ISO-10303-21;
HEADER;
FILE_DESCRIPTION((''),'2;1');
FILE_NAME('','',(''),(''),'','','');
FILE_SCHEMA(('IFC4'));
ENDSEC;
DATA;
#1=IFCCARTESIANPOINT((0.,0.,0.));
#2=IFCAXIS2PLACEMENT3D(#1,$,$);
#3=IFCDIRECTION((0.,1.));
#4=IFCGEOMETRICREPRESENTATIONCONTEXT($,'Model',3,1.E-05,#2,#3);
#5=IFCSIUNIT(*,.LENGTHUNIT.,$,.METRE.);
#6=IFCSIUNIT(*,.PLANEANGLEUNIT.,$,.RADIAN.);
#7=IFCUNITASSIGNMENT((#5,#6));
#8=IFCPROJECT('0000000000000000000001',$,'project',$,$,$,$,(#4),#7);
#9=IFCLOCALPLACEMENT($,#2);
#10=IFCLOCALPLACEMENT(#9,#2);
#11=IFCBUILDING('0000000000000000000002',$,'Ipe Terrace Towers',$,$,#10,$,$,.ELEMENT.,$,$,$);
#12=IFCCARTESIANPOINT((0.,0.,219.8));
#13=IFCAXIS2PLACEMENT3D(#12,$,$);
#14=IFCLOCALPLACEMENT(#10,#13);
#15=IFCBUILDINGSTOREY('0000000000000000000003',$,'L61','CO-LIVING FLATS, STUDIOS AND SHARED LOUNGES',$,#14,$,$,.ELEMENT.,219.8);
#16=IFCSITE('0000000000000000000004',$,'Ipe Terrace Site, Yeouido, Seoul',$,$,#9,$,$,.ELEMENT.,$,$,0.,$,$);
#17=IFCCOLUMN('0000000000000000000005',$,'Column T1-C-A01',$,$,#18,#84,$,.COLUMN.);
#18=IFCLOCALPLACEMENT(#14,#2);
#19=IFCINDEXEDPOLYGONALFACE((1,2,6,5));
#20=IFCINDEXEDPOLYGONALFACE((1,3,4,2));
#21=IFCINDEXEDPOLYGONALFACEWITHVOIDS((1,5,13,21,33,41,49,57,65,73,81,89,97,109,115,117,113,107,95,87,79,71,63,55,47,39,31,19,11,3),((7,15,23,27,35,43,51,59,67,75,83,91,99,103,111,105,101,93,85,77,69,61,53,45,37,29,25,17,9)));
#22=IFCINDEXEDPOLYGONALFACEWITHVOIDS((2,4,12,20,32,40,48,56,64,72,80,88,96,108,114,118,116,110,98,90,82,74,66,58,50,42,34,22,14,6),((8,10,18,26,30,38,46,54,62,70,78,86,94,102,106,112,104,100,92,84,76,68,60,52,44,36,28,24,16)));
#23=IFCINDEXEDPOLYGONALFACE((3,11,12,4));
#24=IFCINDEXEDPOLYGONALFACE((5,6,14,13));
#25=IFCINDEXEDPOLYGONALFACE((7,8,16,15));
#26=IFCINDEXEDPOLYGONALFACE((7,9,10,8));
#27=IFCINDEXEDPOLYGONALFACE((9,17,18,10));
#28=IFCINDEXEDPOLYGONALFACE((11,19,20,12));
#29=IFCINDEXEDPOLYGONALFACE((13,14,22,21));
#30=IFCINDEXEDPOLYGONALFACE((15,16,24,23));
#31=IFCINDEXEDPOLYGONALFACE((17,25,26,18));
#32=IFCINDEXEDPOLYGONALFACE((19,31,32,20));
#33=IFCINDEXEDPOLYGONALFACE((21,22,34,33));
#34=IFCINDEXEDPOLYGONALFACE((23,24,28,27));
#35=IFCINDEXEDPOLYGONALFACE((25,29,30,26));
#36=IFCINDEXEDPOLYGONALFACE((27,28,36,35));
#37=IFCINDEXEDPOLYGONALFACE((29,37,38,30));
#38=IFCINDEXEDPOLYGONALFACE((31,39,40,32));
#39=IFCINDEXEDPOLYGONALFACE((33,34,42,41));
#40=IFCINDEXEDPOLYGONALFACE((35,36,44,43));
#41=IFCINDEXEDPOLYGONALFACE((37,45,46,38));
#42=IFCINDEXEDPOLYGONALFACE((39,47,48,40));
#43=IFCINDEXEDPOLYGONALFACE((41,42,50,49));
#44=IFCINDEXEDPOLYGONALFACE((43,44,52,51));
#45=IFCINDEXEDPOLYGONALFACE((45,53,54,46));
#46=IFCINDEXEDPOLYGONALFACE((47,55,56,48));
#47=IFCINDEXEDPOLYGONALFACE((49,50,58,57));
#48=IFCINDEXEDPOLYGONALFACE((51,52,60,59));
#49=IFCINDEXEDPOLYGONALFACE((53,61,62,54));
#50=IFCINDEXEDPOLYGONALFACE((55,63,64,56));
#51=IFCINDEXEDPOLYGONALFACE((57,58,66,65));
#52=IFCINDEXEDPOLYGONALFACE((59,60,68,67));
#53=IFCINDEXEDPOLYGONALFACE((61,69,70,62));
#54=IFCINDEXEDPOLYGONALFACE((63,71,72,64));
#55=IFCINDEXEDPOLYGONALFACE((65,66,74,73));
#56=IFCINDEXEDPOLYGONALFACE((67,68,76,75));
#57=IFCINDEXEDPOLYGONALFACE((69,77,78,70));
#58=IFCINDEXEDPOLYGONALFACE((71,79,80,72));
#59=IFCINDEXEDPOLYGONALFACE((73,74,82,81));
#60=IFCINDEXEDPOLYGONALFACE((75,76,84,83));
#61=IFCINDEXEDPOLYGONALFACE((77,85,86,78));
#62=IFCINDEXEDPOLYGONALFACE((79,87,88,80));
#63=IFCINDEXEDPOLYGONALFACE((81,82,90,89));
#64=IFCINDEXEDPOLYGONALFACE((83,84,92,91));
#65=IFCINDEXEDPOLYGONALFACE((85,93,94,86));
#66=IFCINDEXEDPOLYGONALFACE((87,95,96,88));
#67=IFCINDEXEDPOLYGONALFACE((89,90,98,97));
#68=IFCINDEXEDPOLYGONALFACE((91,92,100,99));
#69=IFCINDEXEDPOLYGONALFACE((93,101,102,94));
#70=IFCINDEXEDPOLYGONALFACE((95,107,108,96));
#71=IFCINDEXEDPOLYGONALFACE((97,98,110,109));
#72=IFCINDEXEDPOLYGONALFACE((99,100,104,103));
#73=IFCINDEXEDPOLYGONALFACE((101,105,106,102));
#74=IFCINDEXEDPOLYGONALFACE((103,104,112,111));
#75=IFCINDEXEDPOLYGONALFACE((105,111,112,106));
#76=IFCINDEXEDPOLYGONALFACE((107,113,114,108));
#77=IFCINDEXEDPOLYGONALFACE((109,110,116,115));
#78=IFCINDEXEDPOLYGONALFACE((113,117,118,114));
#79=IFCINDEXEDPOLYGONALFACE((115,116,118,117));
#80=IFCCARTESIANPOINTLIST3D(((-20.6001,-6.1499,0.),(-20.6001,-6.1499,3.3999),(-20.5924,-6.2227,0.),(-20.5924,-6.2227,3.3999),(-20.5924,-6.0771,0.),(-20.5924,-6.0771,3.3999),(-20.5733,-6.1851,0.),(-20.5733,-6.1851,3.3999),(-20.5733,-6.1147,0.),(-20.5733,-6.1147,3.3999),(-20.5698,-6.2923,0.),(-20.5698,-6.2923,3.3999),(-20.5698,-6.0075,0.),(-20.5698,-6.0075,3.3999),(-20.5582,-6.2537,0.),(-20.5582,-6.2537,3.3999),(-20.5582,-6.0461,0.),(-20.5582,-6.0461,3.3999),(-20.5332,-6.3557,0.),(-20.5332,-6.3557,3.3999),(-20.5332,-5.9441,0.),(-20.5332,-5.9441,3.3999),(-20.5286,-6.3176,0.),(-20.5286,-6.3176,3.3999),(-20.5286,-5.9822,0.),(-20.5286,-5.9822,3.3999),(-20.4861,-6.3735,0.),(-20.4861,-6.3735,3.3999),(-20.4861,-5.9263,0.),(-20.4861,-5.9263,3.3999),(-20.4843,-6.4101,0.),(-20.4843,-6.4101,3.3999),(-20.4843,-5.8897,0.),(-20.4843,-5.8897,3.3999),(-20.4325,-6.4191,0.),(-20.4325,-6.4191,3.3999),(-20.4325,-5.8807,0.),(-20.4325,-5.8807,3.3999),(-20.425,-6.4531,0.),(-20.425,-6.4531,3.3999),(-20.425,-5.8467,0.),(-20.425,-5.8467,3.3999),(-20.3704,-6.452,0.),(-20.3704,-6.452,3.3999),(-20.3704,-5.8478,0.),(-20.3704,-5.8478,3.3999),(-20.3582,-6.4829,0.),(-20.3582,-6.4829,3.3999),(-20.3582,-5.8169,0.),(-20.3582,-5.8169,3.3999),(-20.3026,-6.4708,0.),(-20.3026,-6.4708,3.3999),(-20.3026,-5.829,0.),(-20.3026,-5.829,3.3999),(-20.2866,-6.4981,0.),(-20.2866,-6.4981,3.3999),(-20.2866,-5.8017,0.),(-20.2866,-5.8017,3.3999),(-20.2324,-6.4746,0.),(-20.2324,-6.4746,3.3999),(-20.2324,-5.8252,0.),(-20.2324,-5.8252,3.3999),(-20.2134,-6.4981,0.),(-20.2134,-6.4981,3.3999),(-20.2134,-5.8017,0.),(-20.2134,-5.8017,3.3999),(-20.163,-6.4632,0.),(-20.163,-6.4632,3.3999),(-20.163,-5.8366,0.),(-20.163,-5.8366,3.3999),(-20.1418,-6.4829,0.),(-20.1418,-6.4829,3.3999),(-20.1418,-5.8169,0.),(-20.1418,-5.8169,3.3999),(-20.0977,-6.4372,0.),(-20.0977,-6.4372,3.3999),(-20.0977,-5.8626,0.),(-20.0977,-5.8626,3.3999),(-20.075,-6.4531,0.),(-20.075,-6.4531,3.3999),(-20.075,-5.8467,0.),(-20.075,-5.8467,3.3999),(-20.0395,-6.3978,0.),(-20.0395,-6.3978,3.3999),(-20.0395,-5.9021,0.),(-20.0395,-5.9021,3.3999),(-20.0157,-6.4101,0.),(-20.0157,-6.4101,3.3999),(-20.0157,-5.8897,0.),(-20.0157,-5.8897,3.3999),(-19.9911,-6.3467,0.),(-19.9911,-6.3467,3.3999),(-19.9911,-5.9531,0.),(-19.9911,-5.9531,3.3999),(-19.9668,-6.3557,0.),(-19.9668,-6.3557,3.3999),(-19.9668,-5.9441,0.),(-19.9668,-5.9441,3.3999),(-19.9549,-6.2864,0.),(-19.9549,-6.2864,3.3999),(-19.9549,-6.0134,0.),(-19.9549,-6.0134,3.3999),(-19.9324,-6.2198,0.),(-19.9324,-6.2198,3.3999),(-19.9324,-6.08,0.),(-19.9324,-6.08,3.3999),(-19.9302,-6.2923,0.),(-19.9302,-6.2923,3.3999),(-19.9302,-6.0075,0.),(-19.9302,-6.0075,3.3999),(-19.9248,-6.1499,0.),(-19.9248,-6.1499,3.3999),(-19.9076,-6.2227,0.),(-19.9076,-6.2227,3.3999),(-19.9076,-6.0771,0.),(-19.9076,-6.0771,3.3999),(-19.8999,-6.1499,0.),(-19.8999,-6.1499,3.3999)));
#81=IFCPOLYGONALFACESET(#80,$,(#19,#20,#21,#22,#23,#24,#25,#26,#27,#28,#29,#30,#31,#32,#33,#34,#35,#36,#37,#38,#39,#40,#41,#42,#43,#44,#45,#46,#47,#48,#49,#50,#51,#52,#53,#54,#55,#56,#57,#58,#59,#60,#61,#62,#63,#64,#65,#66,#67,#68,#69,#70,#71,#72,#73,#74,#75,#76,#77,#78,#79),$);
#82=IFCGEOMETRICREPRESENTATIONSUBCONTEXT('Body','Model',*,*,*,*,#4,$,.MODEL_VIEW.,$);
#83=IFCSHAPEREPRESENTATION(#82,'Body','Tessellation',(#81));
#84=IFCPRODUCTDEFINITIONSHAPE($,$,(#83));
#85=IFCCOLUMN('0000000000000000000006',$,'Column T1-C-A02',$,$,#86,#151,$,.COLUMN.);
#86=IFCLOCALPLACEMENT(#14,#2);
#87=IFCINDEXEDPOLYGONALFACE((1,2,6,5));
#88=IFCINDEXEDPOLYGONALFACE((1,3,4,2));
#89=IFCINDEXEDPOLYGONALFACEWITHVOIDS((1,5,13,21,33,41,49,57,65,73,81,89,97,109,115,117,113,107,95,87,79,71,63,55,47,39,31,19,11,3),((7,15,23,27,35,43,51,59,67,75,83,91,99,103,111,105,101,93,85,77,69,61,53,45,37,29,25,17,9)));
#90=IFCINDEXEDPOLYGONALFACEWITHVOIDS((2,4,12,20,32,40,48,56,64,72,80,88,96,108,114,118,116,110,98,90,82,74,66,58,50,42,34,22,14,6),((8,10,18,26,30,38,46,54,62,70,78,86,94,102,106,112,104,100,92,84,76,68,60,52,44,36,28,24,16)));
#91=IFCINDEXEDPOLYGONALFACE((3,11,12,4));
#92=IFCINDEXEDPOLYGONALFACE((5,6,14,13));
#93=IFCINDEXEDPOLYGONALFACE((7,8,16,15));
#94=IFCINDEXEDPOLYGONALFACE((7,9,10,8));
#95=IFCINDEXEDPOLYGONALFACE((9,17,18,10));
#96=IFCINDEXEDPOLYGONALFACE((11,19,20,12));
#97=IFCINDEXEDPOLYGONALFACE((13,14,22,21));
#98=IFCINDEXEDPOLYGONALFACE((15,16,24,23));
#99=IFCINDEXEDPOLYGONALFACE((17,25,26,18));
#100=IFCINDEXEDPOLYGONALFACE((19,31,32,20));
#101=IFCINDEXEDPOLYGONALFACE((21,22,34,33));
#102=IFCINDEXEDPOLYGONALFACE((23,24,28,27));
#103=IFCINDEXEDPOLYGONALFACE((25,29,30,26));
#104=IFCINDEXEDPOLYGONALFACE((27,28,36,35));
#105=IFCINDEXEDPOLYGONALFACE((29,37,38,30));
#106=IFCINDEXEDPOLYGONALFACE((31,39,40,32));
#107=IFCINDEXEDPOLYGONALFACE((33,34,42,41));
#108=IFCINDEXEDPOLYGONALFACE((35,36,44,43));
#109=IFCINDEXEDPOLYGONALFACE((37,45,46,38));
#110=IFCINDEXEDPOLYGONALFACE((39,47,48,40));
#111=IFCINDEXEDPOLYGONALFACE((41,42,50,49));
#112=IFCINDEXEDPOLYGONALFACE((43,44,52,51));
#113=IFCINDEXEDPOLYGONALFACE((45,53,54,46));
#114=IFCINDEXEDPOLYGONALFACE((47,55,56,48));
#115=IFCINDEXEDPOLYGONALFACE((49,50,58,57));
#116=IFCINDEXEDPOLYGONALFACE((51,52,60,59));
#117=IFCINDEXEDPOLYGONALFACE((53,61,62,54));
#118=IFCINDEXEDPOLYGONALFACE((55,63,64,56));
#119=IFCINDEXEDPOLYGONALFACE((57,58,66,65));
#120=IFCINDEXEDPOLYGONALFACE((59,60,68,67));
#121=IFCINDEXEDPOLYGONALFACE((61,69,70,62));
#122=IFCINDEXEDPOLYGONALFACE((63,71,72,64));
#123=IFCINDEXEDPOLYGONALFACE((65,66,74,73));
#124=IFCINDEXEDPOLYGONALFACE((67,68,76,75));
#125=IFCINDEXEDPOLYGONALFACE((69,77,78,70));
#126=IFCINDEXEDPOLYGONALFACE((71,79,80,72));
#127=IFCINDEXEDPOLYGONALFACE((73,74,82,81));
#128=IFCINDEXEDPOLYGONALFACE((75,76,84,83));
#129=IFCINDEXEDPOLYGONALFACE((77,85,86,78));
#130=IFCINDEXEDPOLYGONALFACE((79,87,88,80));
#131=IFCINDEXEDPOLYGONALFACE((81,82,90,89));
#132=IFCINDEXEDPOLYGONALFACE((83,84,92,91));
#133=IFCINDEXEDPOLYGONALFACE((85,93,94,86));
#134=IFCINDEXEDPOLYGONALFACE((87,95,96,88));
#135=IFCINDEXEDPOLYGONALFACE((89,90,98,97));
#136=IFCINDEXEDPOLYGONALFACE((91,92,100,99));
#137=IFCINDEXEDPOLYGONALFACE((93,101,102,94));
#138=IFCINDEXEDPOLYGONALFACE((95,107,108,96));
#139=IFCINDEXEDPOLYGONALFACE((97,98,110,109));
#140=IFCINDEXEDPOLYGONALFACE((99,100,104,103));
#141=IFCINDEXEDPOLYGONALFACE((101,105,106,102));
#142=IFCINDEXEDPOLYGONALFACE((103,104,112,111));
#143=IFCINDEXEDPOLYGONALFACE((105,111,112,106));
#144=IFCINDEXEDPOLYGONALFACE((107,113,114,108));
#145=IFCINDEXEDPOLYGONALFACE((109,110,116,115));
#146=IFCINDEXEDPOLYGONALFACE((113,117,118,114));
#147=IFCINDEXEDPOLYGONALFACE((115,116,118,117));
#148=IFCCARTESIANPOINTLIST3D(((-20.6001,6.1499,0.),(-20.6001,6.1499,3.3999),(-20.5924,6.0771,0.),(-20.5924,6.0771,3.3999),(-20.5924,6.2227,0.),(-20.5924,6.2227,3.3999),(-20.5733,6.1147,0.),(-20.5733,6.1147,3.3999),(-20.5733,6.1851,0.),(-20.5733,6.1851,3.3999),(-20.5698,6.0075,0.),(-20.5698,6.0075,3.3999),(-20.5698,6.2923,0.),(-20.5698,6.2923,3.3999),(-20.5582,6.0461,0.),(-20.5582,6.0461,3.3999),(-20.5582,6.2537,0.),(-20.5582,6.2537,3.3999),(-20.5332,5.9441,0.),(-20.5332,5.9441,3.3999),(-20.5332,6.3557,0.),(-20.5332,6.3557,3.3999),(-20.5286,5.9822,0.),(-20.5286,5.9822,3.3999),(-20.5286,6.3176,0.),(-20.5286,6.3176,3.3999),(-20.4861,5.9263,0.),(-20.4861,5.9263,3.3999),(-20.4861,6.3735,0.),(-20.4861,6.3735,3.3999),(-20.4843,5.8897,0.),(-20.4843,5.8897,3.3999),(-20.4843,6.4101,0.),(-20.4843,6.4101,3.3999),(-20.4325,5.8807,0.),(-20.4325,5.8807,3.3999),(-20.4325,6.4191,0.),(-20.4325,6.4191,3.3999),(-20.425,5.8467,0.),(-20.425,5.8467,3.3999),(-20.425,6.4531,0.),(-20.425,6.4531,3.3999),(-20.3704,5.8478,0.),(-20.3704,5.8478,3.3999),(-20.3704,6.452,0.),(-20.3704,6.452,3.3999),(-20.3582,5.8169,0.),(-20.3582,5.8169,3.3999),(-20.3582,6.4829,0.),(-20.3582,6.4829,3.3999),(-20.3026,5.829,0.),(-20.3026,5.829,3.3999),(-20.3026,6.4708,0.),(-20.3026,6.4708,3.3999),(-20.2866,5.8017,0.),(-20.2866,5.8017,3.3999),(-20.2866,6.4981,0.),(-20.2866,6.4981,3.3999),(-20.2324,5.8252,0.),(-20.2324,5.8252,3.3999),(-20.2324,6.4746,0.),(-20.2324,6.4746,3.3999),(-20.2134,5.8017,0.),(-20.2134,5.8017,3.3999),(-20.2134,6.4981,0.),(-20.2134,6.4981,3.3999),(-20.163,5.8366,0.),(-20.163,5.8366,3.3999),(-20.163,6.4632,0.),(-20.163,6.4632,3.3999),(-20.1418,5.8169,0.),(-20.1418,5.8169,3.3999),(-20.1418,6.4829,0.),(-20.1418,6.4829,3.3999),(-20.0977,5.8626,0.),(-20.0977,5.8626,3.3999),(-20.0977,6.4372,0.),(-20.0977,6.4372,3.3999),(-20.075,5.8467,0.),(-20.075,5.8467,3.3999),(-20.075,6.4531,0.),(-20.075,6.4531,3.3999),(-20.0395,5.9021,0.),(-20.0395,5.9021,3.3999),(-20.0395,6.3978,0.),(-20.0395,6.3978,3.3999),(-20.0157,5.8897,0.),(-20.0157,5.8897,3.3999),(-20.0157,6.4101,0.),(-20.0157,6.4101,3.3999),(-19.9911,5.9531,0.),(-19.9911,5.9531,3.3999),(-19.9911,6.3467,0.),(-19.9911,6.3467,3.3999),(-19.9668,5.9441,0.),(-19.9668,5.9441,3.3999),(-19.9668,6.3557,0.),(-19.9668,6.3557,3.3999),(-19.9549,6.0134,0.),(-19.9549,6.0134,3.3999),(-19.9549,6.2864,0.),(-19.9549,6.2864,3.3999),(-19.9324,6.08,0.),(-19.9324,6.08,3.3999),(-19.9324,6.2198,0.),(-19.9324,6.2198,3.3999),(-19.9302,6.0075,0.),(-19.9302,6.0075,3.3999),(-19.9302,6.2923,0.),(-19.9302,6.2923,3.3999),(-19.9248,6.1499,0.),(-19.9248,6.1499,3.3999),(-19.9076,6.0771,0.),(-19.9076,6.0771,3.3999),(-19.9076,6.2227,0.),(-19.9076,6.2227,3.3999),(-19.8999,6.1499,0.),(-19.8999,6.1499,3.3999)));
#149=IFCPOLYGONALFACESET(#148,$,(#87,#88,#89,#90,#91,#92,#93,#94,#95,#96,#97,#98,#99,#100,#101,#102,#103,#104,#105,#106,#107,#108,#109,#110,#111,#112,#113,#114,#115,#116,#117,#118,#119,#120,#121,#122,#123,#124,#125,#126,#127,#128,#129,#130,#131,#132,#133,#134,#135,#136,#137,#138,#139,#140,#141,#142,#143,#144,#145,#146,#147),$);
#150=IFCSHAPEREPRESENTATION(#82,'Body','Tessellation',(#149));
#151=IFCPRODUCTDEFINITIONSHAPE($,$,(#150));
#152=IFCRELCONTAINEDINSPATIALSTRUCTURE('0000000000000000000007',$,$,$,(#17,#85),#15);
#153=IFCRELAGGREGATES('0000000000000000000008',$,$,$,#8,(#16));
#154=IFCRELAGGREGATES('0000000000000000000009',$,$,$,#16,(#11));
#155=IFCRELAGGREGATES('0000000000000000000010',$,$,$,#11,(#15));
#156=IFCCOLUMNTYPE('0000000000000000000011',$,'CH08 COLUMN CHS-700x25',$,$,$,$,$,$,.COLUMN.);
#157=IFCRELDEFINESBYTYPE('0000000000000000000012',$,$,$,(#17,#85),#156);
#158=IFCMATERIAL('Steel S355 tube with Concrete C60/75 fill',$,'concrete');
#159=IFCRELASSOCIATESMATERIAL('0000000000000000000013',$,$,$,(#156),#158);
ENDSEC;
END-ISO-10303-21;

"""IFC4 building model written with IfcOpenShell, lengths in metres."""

from ifc_helpers import new_model, si_unit, direction, frame, origin, origin_2d, place, context, subcontext, project, spatial, hollow_circle, extrude, material, material_profile, profile_set, type_object, element, save


model = new_model("IFC4")

# Units and contexts
model_context = context("Model", 3, precision=1e-05, world=origin(), true_north=direction((0.0, 1.0)))
body_context = subcontext(model_context, "Body", "Model", "MODEL_VIEW")
ifc_project = project(units=[si_unit("LENGTHUNIT", "METRE"), si_unit("PLANEANGLEUNIT", "RADIAN")], contexts=[model_context])

# Site, building, storey
site_placement = place(None, origin())
site = spatial("IfcSite", under=ifc_project, at=site_placement, Name="Ipe Terrace Site, Yeouido, Seoul", CompositionType="ELEMENT", RefElevation=0.0)
building_placement = place(site_placement, origin())
building = spatial("IfcBuilding", under=site, at=building_placement, Name="Ipe Terrace Towers", CompositionType="ELEMENT")
storey_placement = place(building_placement, frame((0.0, 0.0, 219.8)))
storey = spatial("IfcBuildingStorey", under=building, at=storey_placement, Name="L61", Description="CO-LIVING FLATS, STUDIOS AND SHARED LOUNGES", CompositionType="ELEMENT", Elevation=219.8)

# Columns
ifc_material_1 = material(Name="Steel S355 tube with Concrete C60/75 fill", Category="concrete")
ifc_material_profile_1 = material_profile(ifc_material_1, hollow_circle(Radius=0.3501, WallThickness=0.0249, at=origin_2d()), Name="CHS-700x25")
ifc_profile_set_1 = profile_set([ifc_material_profile_1], Name="Steel S355 tube with Concrete C60/75 fill")
column_type = type_object("IfcColumnType", Name="CH08 COLUMN CHS-700x25", PredefinedType="COLUMN", material=ifc_profile_set_1)
for number, where, z_axis, x_axis, name in (
    (1, (-20.25, -6.1499, 0.0), (0.0, 0.0, 1.0), (1.0, 0.0, 0.0), "Column T1-C-A01"),
    (2, (-20.25, 6.1499, 0.0), (0.0, 0.0, 1.0), (1.0, 0.0, 0.0), "Column T1-C-A02"),
):
    element("IfcColumn", number, at=place(storey_placement, frame(where, z_axis=z_axis, x_axis=x_axis)), inside=storey, type_object=column_type, Name=name, PredefinedType="COLUMN", context=body_context, shape_type="SweptSolid", body=[
        extrude(hollow_circle(Radius=0.3501, WallThickness=0.0249, at=origin_2d()), origin(), (0.0, 0.0, 1.0), 3.3999),
    ])

save(model, "model.ifc")
